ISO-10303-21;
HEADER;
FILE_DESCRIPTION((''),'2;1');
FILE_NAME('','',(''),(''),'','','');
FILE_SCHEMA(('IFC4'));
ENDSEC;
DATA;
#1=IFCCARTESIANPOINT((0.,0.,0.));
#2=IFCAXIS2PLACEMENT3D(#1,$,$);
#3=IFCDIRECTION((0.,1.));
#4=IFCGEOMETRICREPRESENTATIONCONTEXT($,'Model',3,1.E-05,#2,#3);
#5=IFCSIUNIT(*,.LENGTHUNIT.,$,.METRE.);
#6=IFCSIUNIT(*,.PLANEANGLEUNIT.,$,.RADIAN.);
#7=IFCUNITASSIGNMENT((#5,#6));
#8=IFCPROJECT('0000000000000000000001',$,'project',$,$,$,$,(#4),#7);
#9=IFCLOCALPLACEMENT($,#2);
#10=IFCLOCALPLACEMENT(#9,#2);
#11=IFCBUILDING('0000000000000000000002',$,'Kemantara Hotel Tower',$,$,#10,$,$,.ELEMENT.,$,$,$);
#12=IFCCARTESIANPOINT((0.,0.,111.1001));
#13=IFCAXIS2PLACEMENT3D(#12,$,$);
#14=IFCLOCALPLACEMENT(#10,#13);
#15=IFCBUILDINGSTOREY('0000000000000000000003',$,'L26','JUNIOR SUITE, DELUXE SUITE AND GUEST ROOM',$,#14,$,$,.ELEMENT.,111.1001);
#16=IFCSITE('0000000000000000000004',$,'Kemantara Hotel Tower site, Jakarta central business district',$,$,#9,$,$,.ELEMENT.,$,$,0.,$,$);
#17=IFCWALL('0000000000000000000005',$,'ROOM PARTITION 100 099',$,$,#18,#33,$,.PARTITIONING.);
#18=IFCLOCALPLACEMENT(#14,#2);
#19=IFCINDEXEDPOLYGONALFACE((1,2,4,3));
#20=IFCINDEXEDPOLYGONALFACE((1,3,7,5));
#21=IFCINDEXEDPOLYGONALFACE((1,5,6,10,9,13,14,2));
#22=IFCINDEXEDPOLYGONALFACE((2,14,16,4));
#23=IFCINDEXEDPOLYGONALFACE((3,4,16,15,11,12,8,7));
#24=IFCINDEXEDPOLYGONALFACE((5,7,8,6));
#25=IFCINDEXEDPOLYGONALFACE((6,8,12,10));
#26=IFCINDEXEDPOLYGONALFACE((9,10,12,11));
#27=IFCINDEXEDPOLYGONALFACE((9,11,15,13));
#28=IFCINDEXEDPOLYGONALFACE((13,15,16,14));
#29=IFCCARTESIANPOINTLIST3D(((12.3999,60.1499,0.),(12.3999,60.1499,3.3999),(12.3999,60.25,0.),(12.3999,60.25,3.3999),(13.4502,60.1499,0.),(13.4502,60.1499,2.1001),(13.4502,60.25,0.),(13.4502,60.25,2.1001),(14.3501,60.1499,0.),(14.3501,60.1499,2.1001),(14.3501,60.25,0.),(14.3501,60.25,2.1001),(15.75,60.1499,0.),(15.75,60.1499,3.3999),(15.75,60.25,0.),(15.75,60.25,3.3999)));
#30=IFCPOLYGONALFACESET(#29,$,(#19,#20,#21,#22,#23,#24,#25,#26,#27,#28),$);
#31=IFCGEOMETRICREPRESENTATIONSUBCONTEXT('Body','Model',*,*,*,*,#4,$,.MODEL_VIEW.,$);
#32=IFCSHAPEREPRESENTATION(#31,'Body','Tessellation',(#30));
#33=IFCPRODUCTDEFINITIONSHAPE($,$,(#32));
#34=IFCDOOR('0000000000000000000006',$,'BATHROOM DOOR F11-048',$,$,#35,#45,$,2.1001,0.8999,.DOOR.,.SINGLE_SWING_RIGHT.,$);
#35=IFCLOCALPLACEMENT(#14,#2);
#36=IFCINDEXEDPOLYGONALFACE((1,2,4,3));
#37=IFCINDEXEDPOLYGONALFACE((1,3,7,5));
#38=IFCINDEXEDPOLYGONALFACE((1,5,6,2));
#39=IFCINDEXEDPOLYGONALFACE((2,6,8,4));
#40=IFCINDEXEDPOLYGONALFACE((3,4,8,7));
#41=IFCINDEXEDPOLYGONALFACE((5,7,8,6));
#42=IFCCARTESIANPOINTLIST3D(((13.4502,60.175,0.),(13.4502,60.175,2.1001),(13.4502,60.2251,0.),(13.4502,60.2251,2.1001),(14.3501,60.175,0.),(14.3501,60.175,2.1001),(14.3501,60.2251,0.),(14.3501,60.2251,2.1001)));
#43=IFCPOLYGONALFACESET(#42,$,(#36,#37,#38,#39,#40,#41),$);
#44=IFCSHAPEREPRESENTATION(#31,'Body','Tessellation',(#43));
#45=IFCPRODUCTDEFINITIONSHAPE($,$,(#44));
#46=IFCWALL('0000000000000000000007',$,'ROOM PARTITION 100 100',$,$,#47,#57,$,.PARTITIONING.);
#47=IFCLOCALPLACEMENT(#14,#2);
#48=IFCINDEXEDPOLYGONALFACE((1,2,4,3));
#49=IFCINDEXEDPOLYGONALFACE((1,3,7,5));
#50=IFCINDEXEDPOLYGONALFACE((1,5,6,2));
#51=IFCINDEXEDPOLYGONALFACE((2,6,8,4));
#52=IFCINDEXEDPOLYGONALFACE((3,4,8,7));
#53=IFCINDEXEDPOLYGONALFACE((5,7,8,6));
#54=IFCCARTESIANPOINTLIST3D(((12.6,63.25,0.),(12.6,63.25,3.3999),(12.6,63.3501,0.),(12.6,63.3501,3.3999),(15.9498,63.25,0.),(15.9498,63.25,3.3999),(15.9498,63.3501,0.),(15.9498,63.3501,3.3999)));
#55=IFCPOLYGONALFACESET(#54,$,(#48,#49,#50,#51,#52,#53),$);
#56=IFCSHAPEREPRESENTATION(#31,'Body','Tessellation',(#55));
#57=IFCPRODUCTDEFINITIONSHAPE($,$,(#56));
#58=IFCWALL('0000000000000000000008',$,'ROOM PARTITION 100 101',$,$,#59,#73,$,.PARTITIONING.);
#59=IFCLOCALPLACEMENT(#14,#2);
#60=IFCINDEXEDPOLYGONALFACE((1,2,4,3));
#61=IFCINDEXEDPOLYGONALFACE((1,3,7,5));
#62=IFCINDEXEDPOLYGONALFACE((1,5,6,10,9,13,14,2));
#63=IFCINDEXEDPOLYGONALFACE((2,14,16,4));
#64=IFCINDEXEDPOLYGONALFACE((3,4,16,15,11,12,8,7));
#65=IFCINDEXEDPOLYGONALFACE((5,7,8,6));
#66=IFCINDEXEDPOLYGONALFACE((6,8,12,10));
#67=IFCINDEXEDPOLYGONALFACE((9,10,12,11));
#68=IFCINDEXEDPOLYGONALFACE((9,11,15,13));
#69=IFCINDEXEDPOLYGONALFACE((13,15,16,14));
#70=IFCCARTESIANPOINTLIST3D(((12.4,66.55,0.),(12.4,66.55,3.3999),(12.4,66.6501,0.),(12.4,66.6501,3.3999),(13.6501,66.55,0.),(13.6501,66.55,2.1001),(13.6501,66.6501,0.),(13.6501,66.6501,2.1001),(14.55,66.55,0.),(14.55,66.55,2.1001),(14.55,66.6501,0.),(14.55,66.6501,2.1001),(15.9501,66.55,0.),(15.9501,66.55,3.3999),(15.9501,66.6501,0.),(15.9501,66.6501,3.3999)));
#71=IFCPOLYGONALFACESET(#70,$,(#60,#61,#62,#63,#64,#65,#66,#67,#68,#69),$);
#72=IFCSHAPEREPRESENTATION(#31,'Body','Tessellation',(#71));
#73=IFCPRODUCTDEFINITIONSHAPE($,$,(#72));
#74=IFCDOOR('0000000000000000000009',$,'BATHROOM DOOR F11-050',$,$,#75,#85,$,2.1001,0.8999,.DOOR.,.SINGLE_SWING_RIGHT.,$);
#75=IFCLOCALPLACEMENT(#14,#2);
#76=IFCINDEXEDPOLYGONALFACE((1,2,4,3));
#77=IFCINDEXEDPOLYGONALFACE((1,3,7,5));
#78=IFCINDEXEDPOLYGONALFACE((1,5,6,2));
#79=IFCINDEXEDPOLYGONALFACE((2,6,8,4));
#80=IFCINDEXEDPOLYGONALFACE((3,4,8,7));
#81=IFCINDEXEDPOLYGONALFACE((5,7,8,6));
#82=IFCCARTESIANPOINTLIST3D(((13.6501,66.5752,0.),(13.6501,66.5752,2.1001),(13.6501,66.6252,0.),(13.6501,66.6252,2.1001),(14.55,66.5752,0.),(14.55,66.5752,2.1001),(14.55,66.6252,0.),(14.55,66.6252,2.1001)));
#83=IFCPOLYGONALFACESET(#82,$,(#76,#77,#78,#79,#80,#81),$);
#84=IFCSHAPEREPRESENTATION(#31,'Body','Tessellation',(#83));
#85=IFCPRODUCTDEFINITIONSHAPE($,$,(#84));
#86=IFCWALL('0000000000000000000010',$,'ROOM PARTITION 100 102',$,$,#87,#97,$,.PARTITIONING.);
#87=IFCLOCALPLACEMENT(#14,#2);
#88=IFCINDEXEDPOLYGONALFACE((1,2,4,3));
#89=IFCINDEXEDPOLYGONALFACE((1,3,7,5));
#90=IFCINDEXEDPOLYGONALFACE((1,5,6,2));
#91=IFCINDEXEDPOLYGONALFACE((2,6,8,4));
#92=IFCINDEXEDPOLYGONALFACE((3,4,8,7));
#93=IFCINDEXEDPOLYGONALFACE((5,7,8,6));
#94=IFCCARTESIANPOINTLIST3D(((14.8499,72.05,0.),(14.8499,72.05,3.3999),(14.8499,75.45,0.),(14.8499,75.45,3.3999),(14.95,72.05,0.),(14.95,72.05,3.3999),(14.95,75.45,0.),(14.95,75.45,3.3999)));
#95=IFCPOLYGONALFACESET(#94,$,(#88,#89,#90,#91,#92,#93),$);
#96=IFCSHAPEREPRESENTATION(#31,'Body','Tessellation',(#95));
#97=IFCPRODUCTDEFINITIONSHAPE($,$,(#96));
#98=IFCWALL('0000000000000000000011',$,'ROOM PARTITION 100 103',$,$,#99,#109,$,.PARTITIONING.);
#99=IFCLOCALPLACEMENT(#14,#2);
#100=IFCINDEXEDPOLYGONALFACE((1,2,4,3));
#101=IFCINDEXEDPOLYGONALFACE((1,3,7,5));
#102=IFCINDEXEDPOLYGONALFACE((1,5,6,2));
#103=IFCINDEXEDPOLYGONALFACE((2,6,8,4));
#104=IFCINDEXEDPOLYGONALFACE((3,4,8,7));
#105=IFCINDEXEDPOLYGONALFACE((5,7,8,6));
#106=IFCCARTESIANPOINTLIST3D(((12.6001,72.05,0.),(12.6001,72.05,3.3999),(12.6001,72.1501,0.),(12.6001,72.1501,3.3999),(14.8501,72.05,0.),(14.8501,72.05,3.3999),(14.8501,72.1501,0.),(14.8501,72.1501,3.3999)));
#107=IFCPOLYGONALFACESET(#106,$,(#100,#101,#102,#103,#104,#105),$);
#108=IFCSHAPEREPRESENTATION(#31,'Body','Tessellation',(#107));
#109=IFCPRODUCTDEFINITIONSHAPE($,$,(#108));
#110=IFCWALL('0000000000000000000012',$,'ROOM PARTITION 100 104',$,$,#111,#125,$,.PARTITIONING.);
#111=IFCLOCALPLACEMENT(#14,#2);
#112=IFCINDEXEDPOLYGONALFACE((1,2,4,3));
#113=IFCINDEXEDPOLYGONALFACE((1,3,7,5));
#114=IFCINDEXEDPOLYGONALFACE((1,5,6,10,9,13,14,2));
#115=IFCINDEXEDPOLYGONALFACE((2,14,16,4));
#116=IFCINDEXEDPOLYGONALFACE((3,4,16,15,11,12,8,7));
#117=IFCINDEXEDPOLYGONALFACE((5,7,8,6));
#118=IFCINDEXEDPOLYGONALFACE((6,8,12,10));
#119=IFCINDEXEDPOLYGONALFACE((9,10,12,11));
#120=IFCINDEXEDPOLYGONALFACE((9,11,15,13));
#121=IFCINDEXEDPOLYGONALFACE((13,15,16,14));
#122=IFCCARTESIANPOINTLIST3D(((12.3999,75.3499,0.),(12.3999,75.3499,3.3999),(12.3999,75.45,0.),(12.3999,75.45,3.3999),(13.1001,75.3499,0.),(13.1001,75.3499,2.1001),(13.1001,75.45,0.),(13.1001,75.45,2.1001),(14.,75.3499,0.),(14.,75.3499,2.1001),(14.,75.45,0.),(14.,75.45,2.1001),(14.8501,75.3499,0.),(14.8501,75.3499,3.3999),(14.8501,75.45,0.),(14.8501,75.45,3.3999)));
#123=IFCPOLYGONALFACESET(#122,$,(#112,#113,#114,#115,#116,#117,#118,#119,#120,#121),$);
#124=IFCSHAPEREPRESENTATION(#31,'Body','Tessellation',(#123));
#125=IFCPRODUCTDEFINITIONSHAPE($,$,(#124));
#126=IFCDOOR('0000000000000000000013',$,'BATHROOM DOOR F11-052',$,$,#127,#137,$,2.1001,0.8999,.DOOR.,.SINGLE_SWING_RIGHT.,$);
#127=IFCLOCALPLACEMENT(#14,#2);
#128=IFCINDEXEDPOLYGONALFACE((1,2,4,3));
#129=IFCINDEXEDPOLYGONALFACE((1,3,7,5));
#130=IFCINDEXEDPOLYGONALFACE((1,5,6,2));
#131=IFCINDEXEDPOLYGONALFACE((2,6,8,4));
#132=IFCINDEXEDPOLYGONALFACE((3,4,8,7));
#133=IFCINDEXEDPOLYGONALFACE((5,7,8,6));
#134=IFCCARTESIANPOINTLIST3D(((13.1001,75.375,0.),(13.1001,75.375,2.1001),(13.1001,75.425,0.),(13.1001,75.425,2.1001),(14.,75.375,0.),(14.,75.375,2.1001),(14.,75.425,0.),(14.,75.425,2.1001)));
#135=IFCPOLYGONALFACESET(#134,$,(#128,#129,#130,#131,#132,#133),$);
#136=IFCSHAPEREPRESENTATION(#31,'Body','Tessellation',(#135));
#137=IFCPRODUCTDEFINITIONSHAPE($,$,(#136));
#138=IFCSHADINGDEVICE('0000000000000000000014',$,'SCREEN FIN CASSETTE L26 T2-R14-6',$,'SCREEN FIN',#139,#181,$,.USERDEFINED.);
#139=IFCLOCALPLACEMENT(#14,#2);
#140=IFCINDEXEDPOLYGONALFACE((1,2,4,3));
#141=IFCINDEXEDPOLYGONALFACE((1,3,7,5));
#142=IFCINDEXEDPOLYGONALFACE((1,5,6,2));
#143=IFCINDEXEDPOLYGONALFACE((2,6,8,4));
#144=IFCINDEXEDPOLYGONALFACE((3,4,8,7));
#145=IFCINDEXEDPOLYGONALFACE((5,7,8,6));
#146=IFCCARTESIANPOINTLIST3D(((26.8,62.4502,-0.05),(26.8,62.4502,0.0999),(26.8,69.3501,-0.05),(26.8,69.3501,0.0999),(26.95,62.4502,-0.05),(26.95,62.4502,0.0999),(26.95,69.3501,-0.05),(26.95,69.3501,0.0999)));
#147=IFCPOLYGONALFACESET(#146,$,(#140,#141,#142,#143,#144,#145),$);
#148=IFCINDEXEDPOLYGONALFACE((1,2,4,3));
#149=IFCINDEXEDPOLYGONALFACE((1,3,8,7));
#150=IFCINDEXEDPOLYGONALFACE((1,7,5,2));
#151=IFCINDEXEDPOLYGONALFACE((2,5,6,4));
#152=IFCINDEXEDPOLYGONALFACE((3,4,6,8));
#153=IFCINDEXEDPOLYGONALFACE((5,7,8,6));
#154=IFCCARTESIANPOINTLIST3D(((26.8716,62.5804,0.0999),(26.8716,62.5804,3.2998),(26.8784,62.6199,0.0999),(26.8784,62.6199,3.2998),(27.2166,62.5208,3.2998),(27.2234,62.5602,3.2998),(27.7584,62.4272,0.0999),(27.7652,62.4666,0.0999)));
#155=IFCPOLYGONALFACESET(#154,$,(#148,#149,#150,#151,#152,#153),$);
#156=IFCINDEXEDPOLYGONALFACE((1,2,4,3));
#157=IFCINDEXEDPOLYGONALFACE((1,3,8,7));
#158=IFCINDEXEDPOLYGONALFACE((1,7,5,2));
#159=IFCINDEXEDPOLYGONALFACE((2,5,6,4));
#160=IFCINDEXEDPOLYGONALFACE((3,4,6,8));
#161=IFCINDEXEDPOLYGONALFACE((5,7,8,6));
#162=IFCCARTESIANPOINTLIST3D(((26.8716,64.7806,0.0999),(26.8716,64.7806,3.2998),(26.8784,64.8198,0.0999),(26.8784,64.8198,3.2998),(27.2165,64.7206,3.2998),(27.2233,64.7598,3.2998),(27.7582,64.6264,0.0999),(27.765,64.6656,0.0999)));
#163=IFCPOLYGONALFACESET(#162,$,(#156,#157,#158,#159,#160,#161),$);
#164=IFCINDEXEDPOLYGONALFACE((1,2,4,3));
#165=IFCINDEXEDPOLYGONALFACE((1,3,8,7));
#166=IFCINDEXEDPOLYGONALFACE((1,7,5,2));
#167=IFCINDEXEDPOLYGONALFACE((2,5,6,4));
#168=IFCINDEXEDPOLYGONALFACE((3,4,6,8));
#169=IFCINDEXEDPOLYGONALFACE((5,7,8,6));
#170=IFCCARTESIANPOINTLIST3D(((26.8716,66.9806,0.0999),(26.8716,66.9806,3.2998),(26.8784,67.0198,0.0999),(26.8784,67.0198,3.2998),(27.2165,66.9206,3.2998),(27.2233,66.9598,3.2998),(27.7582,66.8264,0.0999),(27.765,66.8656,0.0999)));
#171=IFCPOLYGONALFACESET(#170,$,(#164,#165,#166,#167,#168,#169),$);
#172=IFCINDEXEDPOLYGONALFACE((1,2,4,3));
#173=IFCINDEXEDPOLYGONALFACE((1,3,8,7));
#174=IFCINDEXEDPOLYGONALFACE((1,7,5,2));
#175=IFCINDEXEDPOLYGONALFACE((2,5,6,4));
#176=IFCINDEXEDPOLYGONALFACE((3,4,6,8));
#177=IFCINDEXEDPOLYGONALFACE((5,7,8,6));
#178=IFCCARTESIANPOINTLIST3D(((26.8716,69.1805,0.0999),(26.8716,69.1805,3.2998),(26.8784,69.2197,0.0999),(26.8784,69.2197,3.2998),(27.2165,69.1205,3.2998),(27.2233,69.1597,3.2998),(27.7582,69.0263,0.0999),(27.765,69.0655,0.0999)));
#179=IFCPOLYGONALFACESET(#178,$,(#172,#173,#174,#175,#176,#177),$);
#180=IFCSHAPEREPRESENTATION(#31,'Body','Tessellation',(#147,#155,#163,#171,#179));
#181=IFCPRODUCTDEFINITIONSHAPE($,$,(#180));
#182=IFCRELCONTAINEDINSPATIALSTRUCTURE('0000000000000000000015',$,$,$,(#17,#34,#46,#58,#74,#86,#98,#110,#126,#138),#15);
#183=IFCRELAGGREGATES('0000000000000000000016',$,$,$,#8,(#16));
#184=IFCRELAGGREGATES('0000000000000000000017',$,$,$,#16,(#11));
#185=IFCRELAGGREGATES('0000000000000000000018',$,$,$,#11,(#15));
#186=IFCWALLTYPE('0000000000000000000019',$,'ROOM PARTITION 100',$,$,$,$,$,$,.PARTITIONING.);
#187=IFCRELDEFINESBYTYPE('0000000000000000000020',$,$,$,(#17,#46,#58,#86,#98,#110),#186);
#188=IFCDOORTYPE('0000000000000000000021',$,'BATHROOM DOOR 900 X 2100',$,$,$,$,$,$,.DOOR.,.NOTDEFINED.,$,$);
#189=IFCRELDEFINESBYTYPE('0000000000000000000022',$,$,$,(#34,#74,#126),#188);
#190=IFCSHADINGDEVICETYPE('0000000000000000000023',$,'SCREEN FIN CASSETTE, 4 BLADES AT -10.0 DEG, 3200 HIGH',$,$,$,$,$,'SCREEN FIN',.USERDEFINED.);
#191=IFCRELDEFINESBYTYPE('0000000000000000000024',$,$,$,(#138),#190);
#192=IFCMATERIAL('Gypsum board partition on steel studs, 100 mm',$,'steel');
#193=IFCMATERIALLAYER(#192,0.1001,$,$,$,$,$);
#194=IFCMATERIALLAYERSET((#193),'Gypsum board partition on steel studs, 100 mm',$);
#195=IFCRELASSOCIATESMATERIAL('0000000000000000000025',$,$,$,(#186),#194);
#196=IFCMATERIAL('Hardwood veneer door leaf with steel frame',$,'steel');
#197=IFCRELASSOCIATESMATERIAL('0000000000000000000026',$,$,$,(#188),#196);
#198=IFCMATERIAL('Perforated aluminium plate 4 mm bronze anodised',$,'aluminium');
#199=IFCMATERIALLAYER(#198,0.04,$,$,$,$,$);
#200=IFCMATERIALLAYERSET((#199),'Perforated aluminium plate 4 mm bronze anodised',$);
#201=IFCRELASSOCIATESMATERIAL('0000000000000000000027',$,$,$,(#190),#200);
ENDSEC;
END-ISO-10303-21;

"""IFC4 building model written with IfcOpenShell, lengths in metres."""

from ifc_helpers import new_model, si_unit, direction, frame, frame_2d, origin, origin_2d, place, context, subcontext, project, spatial, polyline, rectangle, outline, extrude, source, transform, mapped, material, layer, layer_set, type_object, element, fill, save


model = new_model("IFC4")

# Units and contexts
model_context = context("Model", 3, precision=1e-05, world=origin(), true_north=direction((0.0, 1.0)))
body_context = subcontext(model_context, "Body", "Model", "MODEL_VIEW")
ifc_project = project(units=[si_unit("LENGTHUNIT", "METRE"), si_unit("PLANEANGLEUNIT", "RADIAN")], contexts=[model_context])

# Site, building, storey
site_placement = place(None, origin())
site = spatial("IfcSite", under=ifc_project, at=site_placement, Name="Kemantara Hotel Tower site, Jakarta central business district", CompositionType="ELEMENT", RefElevation=0.0)
building_placement = place(site_placement, origin())
building = spatial("IfcBuilding", under=site, at=building_placement, Name="Kemantara Hotel Tower", CompositionType="ELEMENT")
storey_placement = place(building_placement, frame((0.0, 0.0, 111.1001)))
storey = spatial("IfcBuildingStorey", under=building, at=storey_placement, Name="L26", Description="JUNIOR SUITE, DELUXE SUITE AND GUEST ROOM", CompositionType="ELEMENT", Elevation=111.1001)

# Shared definitions
ifc_material_1 = material(Name="Gypsum board partition on steel studs, 100 mm", Category="steel")
ifc_layer_1 = layer(ifc_material_1, 0.1001)
ifc_layer_set_1 = layer_set([ifc_layer_1], Name="Gypsum board partition on steel studs, 100 mm")
wall_type_1 = type_object("IfcWallType", Name="ROOM PARTITION 100", PredefinedType="PARTITIONING", material=ifc_layer_set_1)

# Wall, opening, door
wall_1_placement = place(storey_placement, frame((15.75, 60.2, 0.0), z_axis=(0.0, 0.0, 1.0), x_axis=(-1.0, 0.0, 0.0)))
wall_1 = element("IfcWall", 1, at=wall_1_placement, inside=storey, type_object=wall_type_1, Name="ROOM PARTITION 100 099", PredefinedType="PARTITIONING", context=body_context, shape_type="SweptSolid", body=[
    extrude(rectangle(XDim=3.3501, YDim=0.1001, at=frame_2d((1.675, 0.0))), origin(), (0.0, 0.0, 1.0), 3.3999),
])
opening_1_placement = place(wall_1_placement, frame((1.3999, 0.0, 0.0)))
opening_1 = element("IfcOpeningElement", 2, at=opening_1_placement, cuts=wall_1, PredefinedType="OPENING", context=body_context, shape_type="SweptSolid", body=[
    extrude(rectangle(XDim=0.8999, YDim=2.1001, at=frame_2d((0.45, 1.05))), frame((0.0, 0.0601, 0.0), z_axis=(0.0, -1.0, 0.0), x_axis=(1.0, 0.0, 0.0)), (0.0, 0.0, 1.0), 0.1201),
])
ifc_material_2 = material(Name="Hardwood veneer door leaf with steel frame", Category="steel")
door_type = type_object("IfcDoorType", Name="BATHROOM DOOR 900 X 2100", OperationType="NOTDEFINED", PredefinedType="DOOR", material=ifc_material_2)
door_1_placement = place(opening_1_placement, origin())
door_1 = element("IfcDoor", 3, at=door_1_placement, inside=storey, type_object=door_type, Name="BATHROOM DOOR F11-048", OperationType="SINGLE_SWING_RIGHT", OverallHeight=2.1001, OverallWidth=0.8999, PredefinedType="DOOR", context=body_context, shape_type="SweptSolid", body=[
    extrude(rectangle(XDim=0.8999, YDim=2.1001, at=frame_2d((0.45, 1.05))), frame((0.0, 0.0249, 0.0), z_axis=(0.0, -1.0, 0.0), x_axis=(1.0, 0.0, 0.0)), (0.0, 0.0, 1.0), 0.05),
])
fill(opening_1, door_1)

# Wall
wall_2_placement = place(storey_placement, frame((12.6001, 63.3, 0.0), z_axis=(0.0, 0.0, 1.0), x_axis=(1.0, 0.0, 0.0)))
element("IfcWall", 4, at=wall_2_placement, inside=storey, type_object=wall_type_1, Name="ROOM PARTITION 100 100", PredefinedType="PARTITIONING", context=body_context, shape_type="SweptSolid", body=[
    extrude(rectangle(XDim=3.3499, YDim=0.1001, at=frame_2d((1.6748, 0.0))), origin(), (0.0, 0.0, 1.0), 3.3999),
])

# Wall, opening, door
wall_3_placement = place(storey_placement, frame((15.95, 66.6001, 0.0), z_axis=(0.0, 0.0, 1.0), x_axis=(-1.0, 0.0, 0.0)))
wall_3 = element("IfcWall", 5, at=wall_3_placement, inside=storey, type_object=wall_type_1, Name="ROOM PARTITION 100 101", PredefinedType="PARTITIONING", context=body_context, shape_type="SweptSolid", body=[
    extrude(rectangle(XDim=3.55, YDim=0.1001, at=frame_2d((1.7749, 0.0))), origin(), (0.0, 0.0, 1.0), 3.3999),
])
opening_2_placement = place(wall_3_placement, frame((1.3999, 0.0, 0.0)))
opening_2 = element("IfcOpeningElement", 6, at=opening_2_placement, cuts=wall_3, PredefinedType="OPENING", context=body_context, shape_type="SweptSolid", body=[
    extrude(rectangle(XDim=0.8999, YDim=2.1001, at=frame_2d((0.45, 1.05))), frame((0.0, 0.0601, 0.0), z_axis=(0.0, -1.0, 0.0), x_axis=(1.0, 0.0, 0.0)), (0.0, 0.0, 1.0), 0.1201),
])
door_2_placement = place(opening_2_placement, origin())
door_2 = element("IfcDoor", 7, at=door_2_placement, inside=storey, type_object=door_type, Name="BATHROOM DOOR F11-050", OperationType="SINGLE_SWING_RIGHT", OverallHeight=2.1001, OverallWidth=0.8999, PredefinedType="DOOR", context=body_context, shape_type="SweptSolid", body=[
    extrude(rectangle(XDim=0.8999, YDim=2.1001, at=frame_2d((0.45, 1.05))), frame((0.0, 0.0249, 0.0), z_axis=(0.0, -1.0, 0.0), x_axis=(1.0, 0.0, 0.0)), (0.0, 0.0, 1.0), 0.05),
])
fill(opening_2, door_2)

# Walls
wall_4_placement = place(storey_placement, frame((14.8999, 72.05, 0.0), z_axis=(0.0, 0.0, 1.0), x_axis=(0.0, 1.0, 0.0)))
element("IfcWall", 8, at=wall_4_placement, inside=storey, type_object=wall_type_1, Name="ROOM PARTITION 100 102", PredefinedType="PARTITIONING", context=body_context, shape_type="SweptSolid", body=[
    extrude(rectangle(XDim=3.3999, YDim=0.1001, at=frame_2d((1.7, 0.0))), origin(), (0.0, 0.0, 1.0), 3.3999),
])
wall_5_placement = place(storey_placement, frame((12.6001, 72.1001, 0.0), z_axis=(0.0, 0.0, 1.0), x_axis=(1.0, 0.0, 0.0)))
element("IfcWall", 9, at=wall_5_placement, inside=storey, type_object=wall_type_1, Name="ROOM PARTITION 100 103", PredefinedType="PARTITIONING", context=body_context, shape_type="SweptSolid", body=[
    extrude(rectangle(XDim=2.25, YDim=0.1001, at=frame_2d((1.125, 0.0))), origin(), (0.0, 0.0, 1.0), 3.3999),
])

# Wall, opening, door
wall_6_placement = place(storey_placement, frame((14.8501, 75.3999, 0.0), z_axis=(0.0, 0.0, 1.0), x_axis=(-1.0, 0.0, 0.0)))
wall_6 = element("IfcWall", 10, at=wall_6_placement, inside=storey, type_object=wall_type_1, Name="ROOM PARTITION 100 104", PredefinedType="PARTITIONING", context=body_context, shape_type="SweptSolid", body=[
    extrude(rectangle(XDim=2.4502, YDim=0.1001, at=frame_2d((1.2251, 0.0))), origin(), (0.0, 0.0, 1.0), 3.3999),
])
opening_3_placement = place(wall_6_placement, frame((0.8501, 0.0, 0.0)))
opening_3 = element("IfcOpeningElement", 11, at=opening_3_placement, cuts=wall_6, PredefinedType="OPENING", context=body_context, shape_type="SweptSolid", body=[
    extrude(rectangle(XDim=0.8999, YDim=2.1001, at=frame_2d((0.45, 1.05))), frame((0.0, 0.0601, 0.0), z_axis=(0.0, -1.0, 0.0), x_axis=(1.0, 0.0, 0.0)), (0.0, 0.0, 1.0), 0.1201),
])
door_3_placement = place(opening_3_placement, origin())
door_3 = element("IfcDoor", 12, at=door_3_placement, inside=storey, type_object=door_type, Name="BATHROOM DOOR F11-052", OperationType="SINGLE_SWING_RIGHT", OverallHeight=2.1001, OverallWidth=0.8999, PredefinedType="DOOR", context=body_context, shape_type="SweptSolid", body=[
    extrude(rectangle(XDim=0.8999, YDim=2.1001, at=frame_2d((0.45, 1.05))), frame((0.0, 0.0249, 0.0), z_axis=(0.0, -1.0, 0.0), x_axis=(1.0, 0.0, 0.0)), (0.0, 0.0, 1.0), 0.05),
])
fill(opening_3, door_3)

# Shading device
ifc_material_3 = material(Name="Perforated aluminium plate 4 mm bronze anodised", Category="aluminium")
ifc_layer_2 = layer(ifc_material_3, 0.04)
ifc_layer_set_2 = layer_set([ifc_layer_2], Name="Perforated aluminium plate 4 mm bronze anodised")
shading_device_type_1 = type_object("IfcShadingDeviceType", Name="SCREEN FIN CASSETTE, 4 BLADES AT -10.0 DEG, 3200 HIGH", ElementType="SCREEN FIN", PredefinedType="USERDEFINED", material=ifc_layer_set_2)
shared_shape_1 = source(origin(), body_context, "Body", "SweptSolid", [
    extrude(rectangle(XDim=6.8999, YDim=0.1499, at=origin_2d()), frame((3.3, -0.075, -0.1499), z_axis=(0.0, 0.0, 1.0), x_axis=(1.0, 0.0, 0.0)), (0.0, 0.0, 1.0), 0.1499),
    extrude(outline(polyline([(0.0, 0.0), (0.8999, 0.0), (0.3501, 3.2), (0.0, 3.2), (0.0, 0.0)])), frame((0.0198, -0.0784, 0.0), z_axis=(-0.98539, 0.170314, 0.0), x_axis=(-0.170314, -0.98539, 0.0)), (0.0, 0.0, 1.0), 0.04),
    extrude(outline(polyline([(0.0, 0.0), (0.8999, 0.0), (0.3501, 3.2), (0.0, 3.2), (0.0, 0.0)])), frame((2.2197, -0.0784, 0.0), z_axis=(-0.985212, 0.171341, 0.0), x_axis=(-0.171341, -0.985212, 0.0)), (0.0, 0.0, 1.0), 0.0398),
    extrude(outline(polyline([(0.0, 0.0), (0.8999, 0.0), (0.3501, 3.2), (0.0, 3.2), (0.0, 0.0)])), frame((4.4197, -0.0784, 0.0), z_axis=(-0.985212, 0.171341, 0.0), x_axis=(-0.171341, -0.985212, 0.0)), (0.0, 0.0, 1.0), 0.0398),
    extrude(outline(polyline([(0.0, 0.0), (0.8999, 0.0), (0.3501, 3.2), (0.0, 3.2), (0.0, 0.0)])), frame((6.6196, -0.0784, 0.0), z_axis=(-0.985212, 0.171341, 0.0), x_axis=(-0.171341, -0.985212, 0.0)), (0.0, 0.0, 1.0), 0.0398),
])
shading_device_1_placement = place(storey_placement, frame((26.8, 62.6001, 0.0999), z_axis=(0.0, 0.0, 1.0), x_axis=(0.0, 1.0, 0.0)))
element("IfcShadingDevice", 13, at=shading_device_1_placement, inside=storey, type_object=shading_device_type_1, Name="SCREEN FIN CASSETTE L26 T2-R14-6", ObjectType="SCREEN FIN", PredefinedType="USERDEFINED", context=body_context, shape_type="MappedRepresentation", body=[
    mapped(shared_shape_1, transform((0.0, 0.0, 0.0))),
])

save(model, "model.ifc")
